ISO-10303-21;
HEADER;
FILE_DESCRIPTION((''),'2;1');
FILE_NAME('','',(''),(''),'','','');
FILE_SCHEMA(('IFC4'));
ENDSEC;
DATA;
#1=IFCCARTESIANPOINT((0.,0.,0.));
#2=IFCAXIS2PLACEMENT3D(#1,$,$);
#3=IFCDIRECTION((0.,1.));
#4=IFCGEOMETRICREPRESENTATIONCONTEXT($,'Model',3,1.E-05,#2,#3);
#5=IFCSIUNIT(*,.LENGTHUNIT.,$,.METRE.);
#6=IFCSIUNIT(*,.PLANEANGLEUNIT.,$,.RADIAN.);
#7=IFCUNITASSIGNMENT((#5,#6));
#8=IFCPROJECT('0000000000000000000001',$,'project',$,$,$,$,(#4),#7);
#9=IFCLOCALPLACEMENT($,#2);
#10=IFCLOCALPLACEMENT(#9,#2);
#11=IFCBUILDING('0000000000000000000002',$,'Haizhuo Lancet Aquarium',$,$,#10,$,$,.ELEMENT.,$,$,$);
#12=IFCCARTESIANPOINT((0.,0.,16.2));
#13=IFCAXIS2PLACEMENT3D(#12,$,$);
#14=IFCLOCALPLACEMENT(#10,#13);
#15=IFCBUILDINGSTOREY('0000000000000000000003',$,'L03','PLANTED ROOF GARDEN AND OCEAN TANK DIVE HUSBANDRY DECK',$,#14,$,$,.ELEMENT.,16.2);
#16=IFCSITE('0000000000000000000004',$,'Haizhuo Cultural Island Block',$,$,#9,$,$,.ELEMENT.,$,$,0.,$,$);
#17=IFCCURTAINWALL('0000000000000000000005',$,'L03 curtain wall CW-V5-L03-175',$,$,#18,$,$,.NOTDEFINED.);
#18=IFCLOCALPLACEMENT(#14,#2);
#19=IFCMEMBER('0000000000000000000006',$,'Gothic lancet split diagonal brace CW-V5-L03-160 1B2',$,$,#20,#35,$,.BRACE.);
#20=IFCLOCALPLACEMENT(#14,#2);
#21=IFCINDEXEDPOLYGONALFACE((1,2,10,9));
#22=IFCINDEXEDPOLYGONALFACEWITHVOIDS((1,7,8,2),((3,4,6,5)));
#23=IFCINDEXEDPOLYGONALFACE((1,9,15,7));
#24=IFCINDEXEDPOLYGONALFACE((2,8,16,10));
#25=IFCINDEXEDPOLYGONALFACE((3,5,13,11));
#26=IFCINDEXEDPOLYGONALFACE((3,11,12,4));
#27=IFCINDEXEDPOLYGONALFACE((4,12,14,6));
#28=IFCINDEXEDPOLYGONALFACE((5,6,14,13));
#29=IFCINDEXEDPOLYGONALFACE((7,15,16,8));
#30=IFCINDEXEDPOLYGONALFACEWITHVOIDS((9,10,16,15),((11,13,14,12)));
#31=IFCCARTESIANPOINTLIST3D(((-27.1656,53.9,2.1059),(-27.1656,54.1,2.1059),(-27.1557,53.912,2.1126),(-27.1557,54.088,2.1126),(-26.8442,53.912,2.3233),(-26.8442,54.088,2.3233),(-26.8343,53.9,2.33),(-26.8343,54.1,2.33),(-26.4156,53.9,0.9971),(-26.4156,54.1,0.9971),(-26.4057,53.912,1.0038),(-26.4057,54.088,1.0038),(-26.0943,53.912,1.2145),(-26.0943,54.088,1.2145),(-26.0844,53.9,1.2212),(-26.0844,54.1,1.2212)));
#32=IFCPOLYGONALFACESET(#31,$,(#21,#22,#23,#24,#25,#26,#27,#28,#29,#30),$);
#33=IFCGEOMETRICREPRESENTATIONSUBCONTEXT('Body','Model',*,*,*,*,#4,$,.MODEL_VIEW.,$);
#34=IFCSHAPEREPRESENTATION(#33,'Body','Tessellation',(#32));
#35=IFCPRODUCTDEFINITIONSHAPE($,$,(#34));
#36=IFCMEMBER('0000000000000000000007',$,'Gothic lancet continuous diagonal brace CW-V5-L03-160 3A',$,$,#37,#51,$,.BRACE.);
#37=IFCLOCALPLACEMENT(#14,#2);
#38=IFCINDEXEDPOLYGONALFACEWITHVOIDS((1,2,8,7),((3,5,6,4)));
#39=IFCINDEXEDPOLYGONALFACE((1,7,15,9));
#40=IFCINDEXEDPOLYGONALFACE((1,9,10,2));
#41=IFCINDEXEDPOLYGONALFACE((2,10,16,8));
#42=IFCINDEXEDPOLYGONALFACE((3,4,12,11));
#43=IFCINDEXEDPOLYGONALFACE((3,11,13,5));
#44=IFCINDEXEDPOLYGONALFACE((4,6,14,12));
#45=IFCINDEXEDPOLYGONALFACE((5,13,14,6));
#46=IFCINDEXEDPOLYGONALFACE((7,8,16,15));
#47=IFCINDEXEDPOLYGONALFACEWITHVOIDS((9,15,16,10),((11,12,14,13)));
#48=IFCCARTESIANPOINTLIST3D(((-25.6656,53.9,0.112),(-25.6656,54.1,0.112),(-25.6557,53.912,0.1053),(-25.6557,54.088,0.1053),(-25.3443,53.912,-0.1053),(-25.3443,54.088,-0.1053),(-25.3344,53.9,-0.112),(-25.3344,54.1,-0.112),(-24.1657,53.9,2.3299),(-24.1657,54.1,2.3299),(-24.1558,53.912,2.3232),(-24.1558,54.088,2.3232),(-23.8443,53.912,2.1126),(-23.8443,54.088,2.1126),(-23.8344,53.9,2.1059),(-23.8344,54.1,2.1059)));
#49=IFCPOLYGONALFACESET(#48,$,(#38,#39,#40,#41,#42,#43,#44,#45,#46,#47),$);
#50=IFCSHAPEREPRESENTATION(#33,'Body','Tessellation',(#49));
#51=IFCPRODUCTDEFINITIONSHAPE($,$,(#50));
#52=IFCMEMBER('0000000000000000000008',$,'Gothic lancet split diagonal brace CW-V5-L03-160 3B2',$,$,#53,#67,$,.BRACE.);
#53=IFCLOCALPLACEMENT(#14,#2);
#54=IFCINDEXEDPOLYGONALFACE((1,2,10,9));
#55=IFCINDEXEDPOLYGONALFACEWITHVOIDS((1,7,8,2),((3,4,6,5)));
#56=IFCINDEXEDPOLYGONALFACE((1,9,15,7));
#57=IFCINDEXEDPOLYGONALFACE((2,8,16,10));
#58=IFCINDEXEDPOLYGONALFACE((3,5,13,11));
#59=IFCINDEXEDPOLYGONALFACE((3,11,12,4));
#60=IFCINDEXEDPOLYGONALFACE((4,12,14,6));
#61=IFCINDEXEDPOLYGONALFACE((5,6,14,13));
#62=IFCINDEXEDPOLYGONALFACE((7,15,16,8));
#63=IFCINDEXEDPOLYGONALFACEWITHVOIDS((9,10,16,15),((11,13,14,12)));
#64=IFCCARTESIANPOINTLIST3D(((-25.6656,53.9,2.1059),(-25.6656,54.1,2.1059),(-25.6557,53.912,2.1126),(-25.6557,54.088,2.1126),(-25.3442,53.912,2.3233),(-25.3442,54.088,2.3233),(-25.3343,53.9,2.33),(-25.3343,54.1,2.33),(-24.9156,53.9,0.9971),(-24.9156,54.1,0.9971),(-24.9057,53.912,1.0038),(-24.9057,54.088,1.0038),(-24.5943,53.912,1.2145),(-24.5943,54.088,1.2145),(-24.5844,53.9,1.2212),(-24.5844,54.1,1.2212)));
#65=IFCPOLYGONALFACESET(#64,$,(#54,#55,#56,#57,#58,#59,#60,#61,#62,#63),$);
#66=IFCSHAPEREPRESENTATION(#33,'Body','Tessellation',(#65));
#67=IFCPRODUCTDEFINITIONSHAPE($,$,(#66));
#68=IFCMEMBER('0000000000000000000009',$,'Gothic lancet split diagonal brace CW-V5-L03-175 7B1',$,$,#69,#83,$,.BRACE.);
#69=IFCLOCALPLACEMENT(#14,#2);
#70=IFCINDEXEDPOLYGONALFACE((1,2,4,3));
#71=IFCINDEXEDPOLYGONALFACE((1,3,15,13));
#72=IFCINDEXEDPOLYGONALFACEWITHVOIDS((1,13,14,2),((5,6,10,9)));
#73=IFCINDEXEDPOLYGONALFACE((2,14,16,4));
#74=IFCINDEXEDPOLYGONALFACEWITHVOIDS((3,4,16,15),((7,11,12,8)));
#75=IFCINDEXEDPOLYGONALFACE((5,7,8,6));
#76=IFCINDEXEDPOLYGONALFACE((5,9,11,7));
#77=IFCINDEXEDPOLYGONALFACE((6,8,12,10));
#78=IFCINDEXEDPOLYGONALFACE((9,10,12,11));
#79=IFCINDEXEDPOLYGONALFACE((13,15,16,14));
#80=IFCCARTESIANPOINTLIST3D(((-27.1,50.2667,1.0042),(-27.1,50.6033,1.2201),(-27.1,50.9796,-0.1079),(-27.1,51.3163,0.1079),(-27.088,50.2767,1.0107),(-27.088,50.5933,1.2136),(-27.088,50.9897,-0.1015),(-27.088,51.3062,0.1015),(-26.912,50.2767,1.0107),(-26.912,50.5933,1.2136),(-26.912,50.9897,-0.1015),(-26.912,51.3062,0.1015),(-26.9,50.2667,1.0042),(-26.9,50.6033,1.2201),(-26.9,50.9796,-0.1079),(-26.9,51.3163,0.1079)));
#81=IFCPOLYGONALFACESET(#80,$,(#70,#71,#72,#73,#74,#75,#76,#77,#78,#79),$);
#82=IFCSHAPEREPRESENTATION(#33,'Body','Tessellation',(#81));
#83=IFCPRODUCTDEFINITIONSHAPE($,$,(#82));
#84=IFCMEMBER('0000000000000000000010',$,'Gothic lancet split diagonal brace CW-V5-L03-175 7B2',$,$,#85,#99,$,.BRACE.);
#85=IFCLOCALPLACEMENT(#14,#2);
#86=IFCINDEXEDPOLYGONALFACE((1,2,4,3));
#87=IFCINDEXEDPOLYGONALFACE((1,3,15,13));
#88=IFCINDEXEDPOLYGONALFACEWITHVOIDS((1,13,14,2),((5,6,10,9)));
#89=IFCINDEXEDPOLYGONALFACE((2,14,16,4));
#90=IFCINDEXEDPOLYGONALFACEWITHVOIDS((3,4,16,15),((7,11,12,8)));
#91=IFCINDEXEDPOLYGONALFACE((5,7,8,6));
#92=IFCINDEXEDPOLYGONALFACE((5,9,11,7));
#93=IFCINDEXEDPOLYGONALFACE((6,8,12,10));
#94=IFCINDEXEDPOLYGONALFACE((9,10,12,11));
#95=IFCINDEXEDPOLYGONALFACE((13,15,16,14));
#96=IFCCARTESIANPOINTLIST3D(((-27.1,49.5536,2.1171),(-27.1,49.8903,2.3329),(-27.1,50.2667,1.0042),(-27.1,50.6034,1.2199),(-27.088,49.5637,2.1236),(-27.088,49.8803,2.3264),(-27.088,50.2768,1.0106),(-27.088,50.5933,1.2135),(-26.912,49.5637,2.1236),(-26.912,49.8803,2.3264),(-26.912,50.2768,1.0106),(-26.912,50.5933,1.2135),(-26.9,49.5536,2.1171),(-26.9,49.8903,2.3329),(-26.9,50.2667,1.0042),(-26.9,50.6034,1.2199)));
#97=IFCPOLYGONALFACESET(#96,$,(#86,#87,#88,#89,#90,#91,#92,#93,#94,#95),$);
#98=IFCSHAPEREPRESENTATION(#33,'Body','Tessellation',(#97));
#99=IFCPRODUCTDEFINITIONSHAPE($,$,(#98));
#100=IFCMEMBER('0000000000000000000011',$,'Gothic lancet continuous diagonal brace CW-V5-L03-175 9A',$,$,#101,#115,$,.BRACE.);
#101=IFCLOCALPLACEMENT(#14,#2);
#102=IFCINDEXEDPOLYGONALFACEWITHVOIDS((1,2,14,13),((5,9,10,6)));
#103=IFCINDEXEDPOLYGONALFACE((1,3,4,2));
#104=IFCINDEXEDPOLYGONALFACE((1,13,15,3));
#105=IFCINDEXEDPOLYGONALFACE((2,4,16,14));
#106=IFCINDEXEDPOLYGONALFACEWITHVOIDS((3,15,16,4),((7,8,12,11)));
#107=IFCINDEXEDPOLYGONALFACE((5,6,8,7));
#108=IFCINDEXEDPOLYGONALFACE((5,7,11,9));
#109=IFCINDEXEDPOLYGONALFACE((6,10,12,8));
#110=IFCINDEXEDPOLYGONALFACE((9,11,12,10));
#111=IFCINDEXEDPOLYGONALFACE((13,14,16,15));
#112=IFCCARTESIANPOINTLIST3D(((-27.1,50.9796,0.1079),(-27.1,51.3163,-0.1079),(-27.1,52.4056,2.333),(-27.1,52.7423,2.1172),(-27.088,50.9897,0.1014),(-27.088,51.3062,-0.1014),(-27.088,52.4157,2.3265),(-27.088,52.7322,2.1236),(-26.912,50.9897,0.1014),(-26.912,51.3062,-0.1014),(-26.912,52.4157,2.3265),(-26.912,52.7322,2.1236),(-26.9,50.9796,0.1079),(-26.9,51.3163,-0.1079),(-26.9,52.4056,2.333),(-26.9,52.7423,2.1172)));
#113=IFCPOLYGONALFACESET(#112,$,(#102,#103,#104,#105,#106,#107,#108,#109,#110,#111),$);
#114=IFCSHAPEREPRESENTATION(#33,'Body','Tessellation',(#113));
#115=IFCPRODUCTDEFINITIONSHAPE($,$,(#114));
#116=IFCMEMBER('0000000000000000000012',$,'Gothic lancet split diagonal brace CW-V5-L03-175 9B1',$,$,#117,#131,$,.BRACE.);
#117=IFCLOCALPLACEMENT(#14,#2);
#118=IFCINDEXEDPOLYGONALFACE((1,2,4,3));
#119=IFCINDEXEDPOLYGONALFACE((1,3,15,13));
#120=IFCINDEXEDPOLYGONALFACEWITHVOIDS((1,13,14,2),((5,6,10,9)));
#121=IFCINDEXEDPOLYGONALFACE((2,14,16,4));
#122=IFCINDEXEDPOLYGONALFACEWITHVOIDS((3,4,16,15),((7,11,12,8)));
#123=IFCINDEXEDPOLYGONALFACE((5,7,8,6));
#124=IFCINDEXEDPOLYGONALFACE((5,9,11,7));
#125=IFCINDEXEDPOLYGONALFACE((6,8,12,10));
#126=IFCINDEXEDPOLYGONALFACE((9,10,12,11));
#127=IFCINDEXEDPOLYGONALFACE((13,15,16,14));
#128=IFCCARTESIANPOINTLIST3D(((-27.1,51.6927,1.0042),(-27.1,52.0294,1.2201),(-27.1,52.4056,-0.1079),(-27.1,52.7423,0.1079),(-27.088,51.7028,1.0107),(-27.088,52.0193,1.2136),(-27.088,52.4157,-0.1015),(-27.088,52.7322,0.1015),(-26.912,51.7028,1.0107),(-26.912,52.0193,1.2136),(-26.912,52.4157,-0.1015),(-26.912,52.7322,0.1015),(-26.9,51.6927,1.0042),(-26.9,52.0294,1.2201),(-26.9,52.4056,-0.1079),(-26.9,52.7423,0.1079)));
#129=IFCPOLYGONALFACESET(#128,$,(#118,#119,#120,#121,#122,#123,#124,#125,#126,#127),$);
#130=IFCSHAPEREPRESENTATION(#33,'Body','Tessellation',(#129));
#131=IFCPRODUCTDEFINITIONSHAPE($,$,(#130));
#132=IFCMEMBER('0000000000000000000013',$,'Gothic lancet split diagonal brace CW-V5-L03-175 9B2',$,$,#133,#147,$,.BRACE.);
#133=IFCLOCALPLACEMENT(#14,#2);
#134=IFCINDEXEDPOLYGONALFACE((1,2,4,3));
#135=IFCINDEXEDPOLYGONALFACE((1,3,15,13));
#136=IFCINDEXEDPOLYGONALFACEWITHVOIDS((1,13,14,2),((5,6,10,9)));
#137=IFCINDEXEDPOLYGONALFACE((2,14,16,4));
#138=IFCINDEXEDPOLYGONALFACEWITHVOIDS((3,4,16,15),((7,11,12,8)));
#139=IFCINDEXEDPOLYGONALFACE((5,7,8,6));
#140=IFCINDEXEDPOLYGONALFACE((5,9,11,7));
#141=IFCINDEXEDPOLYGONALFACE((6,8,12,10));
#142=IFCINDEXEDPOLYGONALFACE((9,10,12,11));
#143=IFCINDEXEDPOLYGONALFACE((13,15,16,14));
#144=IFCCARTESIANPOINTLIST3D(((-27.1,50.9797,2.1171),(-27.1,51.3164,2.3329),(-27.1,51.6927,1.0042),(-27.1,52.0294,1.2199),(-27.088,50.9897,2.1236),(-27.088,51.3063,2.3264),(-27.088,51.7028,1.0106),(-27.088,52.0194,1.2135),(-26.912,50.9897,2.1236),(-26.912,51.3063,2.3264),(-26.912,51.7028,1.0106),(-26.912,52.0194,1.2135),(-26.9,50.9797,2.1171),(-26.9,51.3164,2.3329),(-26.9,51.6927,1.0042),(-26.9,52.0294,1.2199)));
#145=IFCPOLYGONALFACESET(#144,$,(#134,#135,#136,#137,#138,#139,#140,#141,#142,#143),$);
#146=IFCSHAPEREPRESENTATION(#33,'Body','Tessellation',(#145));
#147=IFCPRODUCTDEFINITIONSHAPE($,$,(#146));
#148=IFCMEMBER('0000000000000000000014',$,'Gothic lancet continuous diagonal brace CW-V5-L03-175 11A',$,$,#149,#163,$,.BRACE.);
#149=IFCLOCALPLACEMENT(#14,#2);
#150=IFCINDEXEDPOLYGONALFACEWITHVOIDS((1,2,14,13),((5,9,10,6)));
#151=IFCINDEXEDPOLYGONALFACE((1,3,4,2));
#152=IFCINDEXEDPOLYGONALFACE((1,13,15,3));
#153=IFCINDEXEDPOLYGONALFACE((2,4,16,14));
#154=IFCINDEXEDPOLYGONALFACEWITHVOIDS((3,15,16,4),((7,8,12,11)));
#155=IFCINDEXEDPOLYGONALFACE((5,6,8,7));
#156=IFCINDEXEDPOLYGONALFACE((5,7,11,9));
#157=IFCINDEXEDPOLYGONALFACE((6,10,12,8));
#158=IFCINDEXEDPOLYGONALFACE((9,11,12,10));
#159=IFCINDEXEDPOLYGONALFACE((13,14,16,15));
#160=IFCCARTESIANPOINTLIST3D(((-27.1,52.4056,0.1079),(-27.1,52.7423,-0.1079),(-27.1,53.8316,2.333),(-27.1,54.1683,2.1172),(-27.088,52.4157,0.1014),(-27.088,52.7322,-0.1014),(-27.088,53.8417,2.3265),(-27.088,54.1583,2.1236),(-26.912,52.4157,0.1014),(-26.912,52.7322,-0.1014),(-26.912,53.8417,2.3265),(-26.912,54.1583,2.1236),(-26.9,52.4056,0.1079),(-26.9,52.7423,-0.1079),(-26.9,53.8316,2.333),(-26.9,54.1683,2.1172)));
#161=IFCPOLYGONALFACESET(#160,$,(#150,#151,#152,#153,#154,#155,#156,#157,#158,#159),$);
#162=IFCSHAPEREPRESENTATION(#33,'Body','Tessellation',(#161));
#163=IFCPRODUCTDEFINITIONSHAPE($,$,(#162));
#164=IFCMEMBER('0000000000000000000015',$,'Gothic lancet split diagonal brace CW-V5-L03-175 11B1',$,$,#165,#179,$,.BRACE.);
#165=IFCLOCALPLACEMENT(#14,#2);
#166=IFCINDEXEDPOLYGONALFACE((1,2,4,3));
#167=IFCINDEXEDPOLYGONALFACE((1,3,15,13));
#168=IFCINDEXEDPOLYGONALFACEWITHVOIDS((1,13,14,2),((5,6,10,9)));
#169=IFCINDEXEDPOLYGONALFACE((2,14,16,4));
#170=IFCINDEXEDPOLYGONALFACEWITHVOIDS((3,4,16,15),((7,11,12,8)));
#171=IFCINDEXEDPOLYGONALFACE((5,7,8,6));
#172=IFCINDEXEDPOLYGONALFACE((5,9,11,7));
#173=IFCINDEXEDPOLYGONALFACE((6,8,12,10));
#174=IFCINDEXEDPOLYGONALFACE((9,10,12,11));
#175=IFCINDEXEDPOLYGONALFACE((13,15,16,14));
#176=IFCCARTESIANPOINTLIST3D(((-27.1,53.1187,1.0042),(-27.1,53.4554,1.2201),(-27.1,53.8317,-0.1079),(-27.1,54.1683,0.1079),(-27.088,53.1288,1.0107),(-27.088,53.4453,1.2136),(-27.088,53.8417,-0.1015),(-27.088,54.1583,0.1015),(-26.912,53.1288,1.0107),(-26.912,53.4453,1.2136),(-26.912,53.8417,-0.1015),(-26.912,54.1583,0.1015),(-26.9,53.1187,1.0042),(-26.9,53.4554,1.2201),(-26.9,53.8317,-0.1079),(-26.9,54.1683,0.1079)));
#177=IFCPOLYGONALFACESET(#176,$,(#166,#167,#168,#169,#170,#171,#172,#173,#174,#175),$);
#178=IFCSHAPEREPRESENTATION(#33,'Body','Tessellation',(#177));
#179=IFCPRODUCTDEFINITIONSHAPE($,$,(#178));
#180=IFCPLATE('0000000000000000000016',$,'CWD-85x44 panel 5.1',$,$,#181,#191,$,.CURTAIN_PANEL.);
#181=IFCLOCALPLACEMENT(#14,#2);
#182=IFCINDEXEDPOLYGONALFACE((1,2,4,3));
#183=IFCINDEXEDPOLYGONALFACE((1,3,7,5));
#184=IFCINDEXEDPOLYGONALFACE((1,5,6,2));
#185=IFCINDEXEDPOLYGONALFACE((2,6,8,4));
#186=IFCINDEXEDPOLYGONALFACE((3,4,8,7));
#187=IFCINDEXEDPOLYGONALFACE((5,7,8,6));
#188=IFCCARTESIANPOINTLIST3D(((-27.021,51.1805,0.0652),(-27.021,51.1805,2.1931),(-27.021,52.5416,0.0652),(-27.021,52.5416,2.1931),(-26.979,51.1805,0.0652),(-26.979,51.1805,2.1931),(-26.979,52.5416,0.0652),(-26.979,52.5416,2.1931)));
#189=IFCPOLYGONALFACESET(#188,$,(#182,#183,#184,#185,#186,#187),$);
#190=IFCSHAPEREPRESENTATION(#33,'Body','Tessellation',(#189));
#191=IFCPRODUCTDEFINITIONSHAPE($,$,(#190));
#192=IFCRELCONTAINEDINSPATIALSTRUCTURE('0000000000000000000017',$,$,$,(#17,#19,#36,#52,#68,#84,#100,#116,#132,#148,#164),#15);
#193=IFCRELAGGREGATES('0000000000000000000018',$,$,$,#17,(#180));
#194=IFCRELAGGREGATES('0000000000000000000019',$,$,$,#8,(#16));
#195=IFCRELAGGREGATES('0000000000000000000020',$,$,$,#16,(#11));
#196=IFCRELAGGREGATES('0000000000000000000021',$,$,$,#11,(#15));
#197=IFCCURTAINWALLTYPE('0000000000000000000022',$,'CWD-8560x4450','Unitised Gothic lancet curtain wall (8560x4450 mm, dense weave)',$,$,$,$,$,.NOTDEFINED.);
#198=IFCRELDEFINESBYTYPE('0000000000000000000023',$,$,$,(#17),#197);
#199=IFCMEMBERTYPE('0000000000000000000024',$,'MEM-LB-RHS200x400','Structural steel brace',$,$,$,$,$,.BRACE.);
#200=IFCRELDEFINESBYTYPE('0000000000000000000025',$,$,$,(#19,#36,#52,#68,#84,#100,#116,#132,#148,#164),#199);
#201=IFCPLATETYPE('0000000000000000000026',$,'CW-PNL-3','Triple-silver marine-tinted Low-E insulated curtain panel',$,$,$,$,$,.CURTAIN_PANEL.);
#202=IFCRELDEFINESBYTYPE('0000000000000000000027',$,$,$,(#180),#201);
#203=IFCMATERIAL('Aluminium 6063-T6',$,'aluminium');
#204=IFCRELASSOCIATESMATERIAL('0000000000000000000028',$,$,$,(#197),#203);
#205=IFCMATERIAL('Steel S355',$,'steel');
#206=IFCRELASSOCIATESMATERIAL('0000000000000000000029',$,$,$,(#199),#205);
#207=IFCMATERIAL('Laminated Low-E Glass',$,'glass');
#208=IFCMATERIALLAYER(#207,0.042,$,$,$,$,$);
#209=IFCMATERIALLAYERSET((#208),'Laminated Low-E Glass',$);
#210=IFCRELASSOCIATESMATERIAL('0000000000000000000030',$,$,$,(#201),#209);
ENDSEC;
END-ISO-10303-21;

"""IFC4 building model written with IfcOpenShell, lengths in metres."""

from ifc_helpers import new_model, si_unit, direction, frame, origin, origin_2d, place, context, subcontext, project, spatial, rectangle, hollow_rectangle, extrude, material, layer, layer_set, material_profile, profile_set, type_object, element, aggregate, save


model = new_model("IFC4")

# Units and contexts
model_context = context("Model", 3, precision=1e-05, world=origin(), true_north=direction((0.0, 1.0)))
body_context = subcontext(model_context, "Body", "Model", "MODEL_VIEW")
ifc_project = project(units=[si_unit("LENGTHUNIT", "METRE"), si_unit("PLANEANGLEUNIT", "RADIAN")], contexts=[model_context])

# Site, building, storey
site_placement = place(None, origin())
site = spatial("IfcSite", under=ifc_project, at=site_placement, Name="Haizhuo Cultural Island Block", CompositionType="ELEMENT", RefElevation=0.0)
building_placement = place(site_placement, origin())
building = spatial("IfcBuilding", under=site, at=building_placement, Name="Haizhuo Lancet Aquarium", CompositionType="ELEMENT")
storey_placement = place(building_placement, frame((0.0, 0.0, 16.2)))
storey = spatial("IfcBuildingStorey", under=building, at=storey_placement, Name="L03", Description="PLANTED ROOF GARDEN AND OCEAN TANK DIVE HUSBANDRY DECK", CompositionType="ELEMENT", Elevation=16.2)

# Curtain wall
ifc_material_1 = material(Name="Aluminium 6063-T6", Category="aluminium")
curtain_wall_type_1 = type_object("IfcCurtainWallType", Name="CWD-8560x4450", Description="Unitised Gothic lancet curtain wall (8560x4450 mm, dense weave)", PredefinedType="NOTDEFINED", material=ifc_material_1)
curtain_wall_1_placement = place(storey_placement, origin())
curtain_wall_1 = element("IfcCurtainWall", 1, at=curtain_wall_1_placement, inside=storey, type_object=curtain_wall_type_1, Name="L03 curtain wall CW-V5-L03-175", PredefinedType="NOTDEFINED")

# Members
ifc_material_2 = material(Name="Steel S355", Category="steel")
ifc_material_profile_1 = material_profile(ifc_material_2, hollow_rectangle(XDim=0.2, YDim=0.3999, WallThickness=0.012, at=origin_2d()), Name="RHS 200x400x12")
ifc_profile_set_1 = profile_set([ifc_material_profile_1], Name="Steel S355")
member_type_1 = type_object("IfcMemberType", Name="MEM-LB-RHS200x400", Description="Structural steel brace", PredefinedType="BRACE", material=ifc_profile_set_1)
member_1_placement = place(storey_placement, frame((-26.25, 54.0, 1.1091), z_axis=(-0.560243, 0.0, 0.828328), x_axis=(0.0, -1.0, 0.0)))
element("IfcMember", 2, at=member_1_placement, inside=storey, type_object=member_type_1, Name="Gothic lancet split diagonal brace CW-V5-L03-160 1B2", PredefinedType="BRACE", context=body_context, shape_type="SweptSolid", body=[
    extrude(hollow_rectangle(XDim=0.2, YDim=0.3999, WallThickness=0.012, at=origin_2d()), origin(), (0.0, 0.0, 1.0), 1.3386),
])
member_2_placement = place(storey_placement, frame((-25.5, 54.0, 0.0), z_axis=(0.560201, 0.0, 0.828357), x_axis=(0.0, 1.0, 0.0)))
element("IfcMember", 3, at=member_2_placement, inside=storey, type_object=member_type_1, Name="Gothic lancet continuous diagonal brace CW-V5-L03-160 3A", PredefinedType="BRACE", context=body_context, shape_type="SweptSolid", body=[
    extrude(hollow_rectangle(XDim=0.2, YDim=0.3999, WallThickness=0.012, at=origin_2d()), origin(), (0.0, 0.0, 1.0), 2.6775),
])
member_3_placement = place(storey_placement, frame((-24.75, 54.0, 1.1091), z_axis=(-0.560243, 0.0, 0.828328), x_axis=(0.0, -1.0, 0.0)))
element("IfcMember", 4, at=member_3_placement, inside=storey, type_object=member_type_1, Name="Gothic lancet split diagonal brace CW-V5-L03-160 3B2", PredefinedType="BRACE", context=body_context, shape_type="SweptSolid", body=[
    extrude(hollow_rectangle(XDim=0.2, YDim=0.3999, WallThickness=0.012, at=origin_2d()), origin(), (0.0, 0.0, 1.0), 1.3386),
])
member_4_placement = place(storey_placement, frame((-27.0, 51.1479, 0.0), z_axis=(0.0, -0.539683, 0.841868), x_axis=(1.0, 0.0, 0.0)))
element("IfcMember", 5, at=member_4_placement, inside=storey, type_object=member_type_1, Name="Gothic lancet split diagonal brace CW-V5-L03-175 7B1", PredefinedType="BRACE", context=body_context, shape_type="SweptSolid", body=[
    extrude(hollow_rectangle(XDim=0.2, YDim=0.3999, WallThickness=0.012, at=origin_2d()), origin(), (0.0, 0.0, 1.0), 1.321),
])
member_5_placement = place(storey_placement, frame((-27.0, 50.4351, 1.1121), z_axis=(0.0, -0.539478, 0.842), x_axis=(1.0, 0.0, 0.0)))
element("IfcMember", 6, at=member_5_placement, inside=storey, type_object=member_type_1, Name="Gothic lancet split diagonal brace CW-V5-L03-175 7B2", PredefinedType="BRACE", context=body_context, shape_type="SweptSolid", body=[
    extrude(hollow_rectangle(XDim=0.2, YDim=0.3999, WallThickness=0.012, at=origin_2d()), origin(), (0.0, 0.0, 1.0), 1.3218),
])
member_6_placement = place(storey_placement, frame((-27.0, 51.1479, 0.0), z_axis=(0.0, 0.53958, 0.841934), x_axis=(-1.0, 0.0, 0.0)))
element("IfcMember", 7, at=member_6_placement, inside=storey, type_object=member_type_1, Name="Gothic lancet continuous diagonal brace CW-V5-L03-175 9A", PredefinedType="BRACE", context=body_context, shape_type="SweptSolid", body=[
    extrude(hollow_rectangle(XDim=0.2, YDim=0.3999, WallThickness=0.012, at=origin_2d()), origin(), (0.0, 0.0, 1.0), 2.6428),
])
member_7_placement = place(storey_placement, frame((-27.0, 52.574, 0.0), z_axis=(0.0, -0.539683, 0.841868), x_axis=(1.0, 0.0, 0.0)))
element("IfcMember", 8, at=member_7_placement, inside=storey, type_object=member_type_1, Name="Gothic lancet split diagonal brace CW-V5-L03-175 9B1", PredefinedType="BRACE", context=body_context, shape_type="SweptSolid", body=[
    extrude(hollow_rectangle(XDim=0.2, YDim=0.3999, WallThickness=0.012, at=origin_2d()), origin(), (0.0, 0.0, 1.0), 1.321),
])
member_8_placement = place(storey_placement, frame((-27.0, 51.8611, 1.1121), z_axis=(0.0, -0.539478, 0.842), x_axis=(1.0, 0.0, 0.0)))
element("IfcMember", 9, at=member_8_placement, inside=storey, type_object=member_type_1, Name="Gothic lancet split diagonal brace CW-V5-L03-175 9B2", PredefinedType="BRACE", context=body_context, shape_type="SweptSolid", body=[
    extrude(hollow_rectangle(XDim=0.2, YDim=0.3999, WallThickness=0.012, at=origin_2d()), origin(), (0.0, 0.0, 1.0), 1.3218),
])
member_9_placement = place(storey_placement, frame((-27.0, 52.574, 0.0), z_axis=(0.0, 0.53958, 0.841934), x_axis=(-1.0, 0.0, 0.0)))
element("IfcMember", 10, at=member_9_placement, inside=storey, type_object=member_type_1, Name="Gothic lancet continuous diagonal brace CW-V5-L03-175 11A", PredefinedType="BRACE", context=body_context, shape_type="SweptSolid", body=[
    extrude(hollow_rectangle(XDim=0.2, YDim=0.3999, WallThickness=0.012, at=origin_2d()), origin(), (0.0, 0.0, 1.0), 2.6428),
])
member_10_placement = place(storey_placement, frame((-27.0, 54.0, 0.0), z_axis=(0.0, -0.539683, 0.841868), x_axis=(1.0, 0.0, 0.0)))
element("IfcMember", 11, at=member_10_placement, inside=storey, type_object=member_type_1, Name="Gothic lancet split diagonal brace CW-V5-L03-175 11B1", PredefinedType="BRACE", context=body_context, shape_type="SweptSolid", body=[
    extrude(hollow_rectangle(XDim=0.2, YDim=0.3999, WallThickness=0.012, at=origin_2d()), origin(), (0.0, 0.0, 1.0), 1.321),
])

# Plate
ifc_material_3 = material(Name="Laminated Low-E Glass", Category="glass")
ifc_layer_1 = layer(ifc_material_3, 0.042)
ifc_layer_set_1 = layer_set([ifc_layer_1], Name="Laminated Low-E Glass")
plate_type_1 = type_object("IfcPlateType", Name="CW-PNL-3", Description="Triple-silver marine-tinted Low-E insulated curtain panel", PredefinedType="CURTAIN_PANEL", material=ifc_layer_set_1)
plate_1_placement = place(storey_placement, frame((-27.0, 51.8611, 0.0652), z_axis=(0.0, 0.0, 1.0), x_axis=(0.0, 1.0, 0.0)))
plate_1 = element("IfcPlate", 12, at=plate_1_placement, type_object=plate_type_1, Name="CWD-85x44 panel 5.1", PredefinedType="CURTAIN_PANEL", context=body_context, shape_type="SweptSolid", body=[
    extrude(rectangle(XDim=1.3611, YDim=0.042, at=origin_2d()), origin(), (0.0, 0.0, 1.0), 2.1279),
])
aggregate(curtain_wall_1, [plate_1])

save(model, "model.ifc")
